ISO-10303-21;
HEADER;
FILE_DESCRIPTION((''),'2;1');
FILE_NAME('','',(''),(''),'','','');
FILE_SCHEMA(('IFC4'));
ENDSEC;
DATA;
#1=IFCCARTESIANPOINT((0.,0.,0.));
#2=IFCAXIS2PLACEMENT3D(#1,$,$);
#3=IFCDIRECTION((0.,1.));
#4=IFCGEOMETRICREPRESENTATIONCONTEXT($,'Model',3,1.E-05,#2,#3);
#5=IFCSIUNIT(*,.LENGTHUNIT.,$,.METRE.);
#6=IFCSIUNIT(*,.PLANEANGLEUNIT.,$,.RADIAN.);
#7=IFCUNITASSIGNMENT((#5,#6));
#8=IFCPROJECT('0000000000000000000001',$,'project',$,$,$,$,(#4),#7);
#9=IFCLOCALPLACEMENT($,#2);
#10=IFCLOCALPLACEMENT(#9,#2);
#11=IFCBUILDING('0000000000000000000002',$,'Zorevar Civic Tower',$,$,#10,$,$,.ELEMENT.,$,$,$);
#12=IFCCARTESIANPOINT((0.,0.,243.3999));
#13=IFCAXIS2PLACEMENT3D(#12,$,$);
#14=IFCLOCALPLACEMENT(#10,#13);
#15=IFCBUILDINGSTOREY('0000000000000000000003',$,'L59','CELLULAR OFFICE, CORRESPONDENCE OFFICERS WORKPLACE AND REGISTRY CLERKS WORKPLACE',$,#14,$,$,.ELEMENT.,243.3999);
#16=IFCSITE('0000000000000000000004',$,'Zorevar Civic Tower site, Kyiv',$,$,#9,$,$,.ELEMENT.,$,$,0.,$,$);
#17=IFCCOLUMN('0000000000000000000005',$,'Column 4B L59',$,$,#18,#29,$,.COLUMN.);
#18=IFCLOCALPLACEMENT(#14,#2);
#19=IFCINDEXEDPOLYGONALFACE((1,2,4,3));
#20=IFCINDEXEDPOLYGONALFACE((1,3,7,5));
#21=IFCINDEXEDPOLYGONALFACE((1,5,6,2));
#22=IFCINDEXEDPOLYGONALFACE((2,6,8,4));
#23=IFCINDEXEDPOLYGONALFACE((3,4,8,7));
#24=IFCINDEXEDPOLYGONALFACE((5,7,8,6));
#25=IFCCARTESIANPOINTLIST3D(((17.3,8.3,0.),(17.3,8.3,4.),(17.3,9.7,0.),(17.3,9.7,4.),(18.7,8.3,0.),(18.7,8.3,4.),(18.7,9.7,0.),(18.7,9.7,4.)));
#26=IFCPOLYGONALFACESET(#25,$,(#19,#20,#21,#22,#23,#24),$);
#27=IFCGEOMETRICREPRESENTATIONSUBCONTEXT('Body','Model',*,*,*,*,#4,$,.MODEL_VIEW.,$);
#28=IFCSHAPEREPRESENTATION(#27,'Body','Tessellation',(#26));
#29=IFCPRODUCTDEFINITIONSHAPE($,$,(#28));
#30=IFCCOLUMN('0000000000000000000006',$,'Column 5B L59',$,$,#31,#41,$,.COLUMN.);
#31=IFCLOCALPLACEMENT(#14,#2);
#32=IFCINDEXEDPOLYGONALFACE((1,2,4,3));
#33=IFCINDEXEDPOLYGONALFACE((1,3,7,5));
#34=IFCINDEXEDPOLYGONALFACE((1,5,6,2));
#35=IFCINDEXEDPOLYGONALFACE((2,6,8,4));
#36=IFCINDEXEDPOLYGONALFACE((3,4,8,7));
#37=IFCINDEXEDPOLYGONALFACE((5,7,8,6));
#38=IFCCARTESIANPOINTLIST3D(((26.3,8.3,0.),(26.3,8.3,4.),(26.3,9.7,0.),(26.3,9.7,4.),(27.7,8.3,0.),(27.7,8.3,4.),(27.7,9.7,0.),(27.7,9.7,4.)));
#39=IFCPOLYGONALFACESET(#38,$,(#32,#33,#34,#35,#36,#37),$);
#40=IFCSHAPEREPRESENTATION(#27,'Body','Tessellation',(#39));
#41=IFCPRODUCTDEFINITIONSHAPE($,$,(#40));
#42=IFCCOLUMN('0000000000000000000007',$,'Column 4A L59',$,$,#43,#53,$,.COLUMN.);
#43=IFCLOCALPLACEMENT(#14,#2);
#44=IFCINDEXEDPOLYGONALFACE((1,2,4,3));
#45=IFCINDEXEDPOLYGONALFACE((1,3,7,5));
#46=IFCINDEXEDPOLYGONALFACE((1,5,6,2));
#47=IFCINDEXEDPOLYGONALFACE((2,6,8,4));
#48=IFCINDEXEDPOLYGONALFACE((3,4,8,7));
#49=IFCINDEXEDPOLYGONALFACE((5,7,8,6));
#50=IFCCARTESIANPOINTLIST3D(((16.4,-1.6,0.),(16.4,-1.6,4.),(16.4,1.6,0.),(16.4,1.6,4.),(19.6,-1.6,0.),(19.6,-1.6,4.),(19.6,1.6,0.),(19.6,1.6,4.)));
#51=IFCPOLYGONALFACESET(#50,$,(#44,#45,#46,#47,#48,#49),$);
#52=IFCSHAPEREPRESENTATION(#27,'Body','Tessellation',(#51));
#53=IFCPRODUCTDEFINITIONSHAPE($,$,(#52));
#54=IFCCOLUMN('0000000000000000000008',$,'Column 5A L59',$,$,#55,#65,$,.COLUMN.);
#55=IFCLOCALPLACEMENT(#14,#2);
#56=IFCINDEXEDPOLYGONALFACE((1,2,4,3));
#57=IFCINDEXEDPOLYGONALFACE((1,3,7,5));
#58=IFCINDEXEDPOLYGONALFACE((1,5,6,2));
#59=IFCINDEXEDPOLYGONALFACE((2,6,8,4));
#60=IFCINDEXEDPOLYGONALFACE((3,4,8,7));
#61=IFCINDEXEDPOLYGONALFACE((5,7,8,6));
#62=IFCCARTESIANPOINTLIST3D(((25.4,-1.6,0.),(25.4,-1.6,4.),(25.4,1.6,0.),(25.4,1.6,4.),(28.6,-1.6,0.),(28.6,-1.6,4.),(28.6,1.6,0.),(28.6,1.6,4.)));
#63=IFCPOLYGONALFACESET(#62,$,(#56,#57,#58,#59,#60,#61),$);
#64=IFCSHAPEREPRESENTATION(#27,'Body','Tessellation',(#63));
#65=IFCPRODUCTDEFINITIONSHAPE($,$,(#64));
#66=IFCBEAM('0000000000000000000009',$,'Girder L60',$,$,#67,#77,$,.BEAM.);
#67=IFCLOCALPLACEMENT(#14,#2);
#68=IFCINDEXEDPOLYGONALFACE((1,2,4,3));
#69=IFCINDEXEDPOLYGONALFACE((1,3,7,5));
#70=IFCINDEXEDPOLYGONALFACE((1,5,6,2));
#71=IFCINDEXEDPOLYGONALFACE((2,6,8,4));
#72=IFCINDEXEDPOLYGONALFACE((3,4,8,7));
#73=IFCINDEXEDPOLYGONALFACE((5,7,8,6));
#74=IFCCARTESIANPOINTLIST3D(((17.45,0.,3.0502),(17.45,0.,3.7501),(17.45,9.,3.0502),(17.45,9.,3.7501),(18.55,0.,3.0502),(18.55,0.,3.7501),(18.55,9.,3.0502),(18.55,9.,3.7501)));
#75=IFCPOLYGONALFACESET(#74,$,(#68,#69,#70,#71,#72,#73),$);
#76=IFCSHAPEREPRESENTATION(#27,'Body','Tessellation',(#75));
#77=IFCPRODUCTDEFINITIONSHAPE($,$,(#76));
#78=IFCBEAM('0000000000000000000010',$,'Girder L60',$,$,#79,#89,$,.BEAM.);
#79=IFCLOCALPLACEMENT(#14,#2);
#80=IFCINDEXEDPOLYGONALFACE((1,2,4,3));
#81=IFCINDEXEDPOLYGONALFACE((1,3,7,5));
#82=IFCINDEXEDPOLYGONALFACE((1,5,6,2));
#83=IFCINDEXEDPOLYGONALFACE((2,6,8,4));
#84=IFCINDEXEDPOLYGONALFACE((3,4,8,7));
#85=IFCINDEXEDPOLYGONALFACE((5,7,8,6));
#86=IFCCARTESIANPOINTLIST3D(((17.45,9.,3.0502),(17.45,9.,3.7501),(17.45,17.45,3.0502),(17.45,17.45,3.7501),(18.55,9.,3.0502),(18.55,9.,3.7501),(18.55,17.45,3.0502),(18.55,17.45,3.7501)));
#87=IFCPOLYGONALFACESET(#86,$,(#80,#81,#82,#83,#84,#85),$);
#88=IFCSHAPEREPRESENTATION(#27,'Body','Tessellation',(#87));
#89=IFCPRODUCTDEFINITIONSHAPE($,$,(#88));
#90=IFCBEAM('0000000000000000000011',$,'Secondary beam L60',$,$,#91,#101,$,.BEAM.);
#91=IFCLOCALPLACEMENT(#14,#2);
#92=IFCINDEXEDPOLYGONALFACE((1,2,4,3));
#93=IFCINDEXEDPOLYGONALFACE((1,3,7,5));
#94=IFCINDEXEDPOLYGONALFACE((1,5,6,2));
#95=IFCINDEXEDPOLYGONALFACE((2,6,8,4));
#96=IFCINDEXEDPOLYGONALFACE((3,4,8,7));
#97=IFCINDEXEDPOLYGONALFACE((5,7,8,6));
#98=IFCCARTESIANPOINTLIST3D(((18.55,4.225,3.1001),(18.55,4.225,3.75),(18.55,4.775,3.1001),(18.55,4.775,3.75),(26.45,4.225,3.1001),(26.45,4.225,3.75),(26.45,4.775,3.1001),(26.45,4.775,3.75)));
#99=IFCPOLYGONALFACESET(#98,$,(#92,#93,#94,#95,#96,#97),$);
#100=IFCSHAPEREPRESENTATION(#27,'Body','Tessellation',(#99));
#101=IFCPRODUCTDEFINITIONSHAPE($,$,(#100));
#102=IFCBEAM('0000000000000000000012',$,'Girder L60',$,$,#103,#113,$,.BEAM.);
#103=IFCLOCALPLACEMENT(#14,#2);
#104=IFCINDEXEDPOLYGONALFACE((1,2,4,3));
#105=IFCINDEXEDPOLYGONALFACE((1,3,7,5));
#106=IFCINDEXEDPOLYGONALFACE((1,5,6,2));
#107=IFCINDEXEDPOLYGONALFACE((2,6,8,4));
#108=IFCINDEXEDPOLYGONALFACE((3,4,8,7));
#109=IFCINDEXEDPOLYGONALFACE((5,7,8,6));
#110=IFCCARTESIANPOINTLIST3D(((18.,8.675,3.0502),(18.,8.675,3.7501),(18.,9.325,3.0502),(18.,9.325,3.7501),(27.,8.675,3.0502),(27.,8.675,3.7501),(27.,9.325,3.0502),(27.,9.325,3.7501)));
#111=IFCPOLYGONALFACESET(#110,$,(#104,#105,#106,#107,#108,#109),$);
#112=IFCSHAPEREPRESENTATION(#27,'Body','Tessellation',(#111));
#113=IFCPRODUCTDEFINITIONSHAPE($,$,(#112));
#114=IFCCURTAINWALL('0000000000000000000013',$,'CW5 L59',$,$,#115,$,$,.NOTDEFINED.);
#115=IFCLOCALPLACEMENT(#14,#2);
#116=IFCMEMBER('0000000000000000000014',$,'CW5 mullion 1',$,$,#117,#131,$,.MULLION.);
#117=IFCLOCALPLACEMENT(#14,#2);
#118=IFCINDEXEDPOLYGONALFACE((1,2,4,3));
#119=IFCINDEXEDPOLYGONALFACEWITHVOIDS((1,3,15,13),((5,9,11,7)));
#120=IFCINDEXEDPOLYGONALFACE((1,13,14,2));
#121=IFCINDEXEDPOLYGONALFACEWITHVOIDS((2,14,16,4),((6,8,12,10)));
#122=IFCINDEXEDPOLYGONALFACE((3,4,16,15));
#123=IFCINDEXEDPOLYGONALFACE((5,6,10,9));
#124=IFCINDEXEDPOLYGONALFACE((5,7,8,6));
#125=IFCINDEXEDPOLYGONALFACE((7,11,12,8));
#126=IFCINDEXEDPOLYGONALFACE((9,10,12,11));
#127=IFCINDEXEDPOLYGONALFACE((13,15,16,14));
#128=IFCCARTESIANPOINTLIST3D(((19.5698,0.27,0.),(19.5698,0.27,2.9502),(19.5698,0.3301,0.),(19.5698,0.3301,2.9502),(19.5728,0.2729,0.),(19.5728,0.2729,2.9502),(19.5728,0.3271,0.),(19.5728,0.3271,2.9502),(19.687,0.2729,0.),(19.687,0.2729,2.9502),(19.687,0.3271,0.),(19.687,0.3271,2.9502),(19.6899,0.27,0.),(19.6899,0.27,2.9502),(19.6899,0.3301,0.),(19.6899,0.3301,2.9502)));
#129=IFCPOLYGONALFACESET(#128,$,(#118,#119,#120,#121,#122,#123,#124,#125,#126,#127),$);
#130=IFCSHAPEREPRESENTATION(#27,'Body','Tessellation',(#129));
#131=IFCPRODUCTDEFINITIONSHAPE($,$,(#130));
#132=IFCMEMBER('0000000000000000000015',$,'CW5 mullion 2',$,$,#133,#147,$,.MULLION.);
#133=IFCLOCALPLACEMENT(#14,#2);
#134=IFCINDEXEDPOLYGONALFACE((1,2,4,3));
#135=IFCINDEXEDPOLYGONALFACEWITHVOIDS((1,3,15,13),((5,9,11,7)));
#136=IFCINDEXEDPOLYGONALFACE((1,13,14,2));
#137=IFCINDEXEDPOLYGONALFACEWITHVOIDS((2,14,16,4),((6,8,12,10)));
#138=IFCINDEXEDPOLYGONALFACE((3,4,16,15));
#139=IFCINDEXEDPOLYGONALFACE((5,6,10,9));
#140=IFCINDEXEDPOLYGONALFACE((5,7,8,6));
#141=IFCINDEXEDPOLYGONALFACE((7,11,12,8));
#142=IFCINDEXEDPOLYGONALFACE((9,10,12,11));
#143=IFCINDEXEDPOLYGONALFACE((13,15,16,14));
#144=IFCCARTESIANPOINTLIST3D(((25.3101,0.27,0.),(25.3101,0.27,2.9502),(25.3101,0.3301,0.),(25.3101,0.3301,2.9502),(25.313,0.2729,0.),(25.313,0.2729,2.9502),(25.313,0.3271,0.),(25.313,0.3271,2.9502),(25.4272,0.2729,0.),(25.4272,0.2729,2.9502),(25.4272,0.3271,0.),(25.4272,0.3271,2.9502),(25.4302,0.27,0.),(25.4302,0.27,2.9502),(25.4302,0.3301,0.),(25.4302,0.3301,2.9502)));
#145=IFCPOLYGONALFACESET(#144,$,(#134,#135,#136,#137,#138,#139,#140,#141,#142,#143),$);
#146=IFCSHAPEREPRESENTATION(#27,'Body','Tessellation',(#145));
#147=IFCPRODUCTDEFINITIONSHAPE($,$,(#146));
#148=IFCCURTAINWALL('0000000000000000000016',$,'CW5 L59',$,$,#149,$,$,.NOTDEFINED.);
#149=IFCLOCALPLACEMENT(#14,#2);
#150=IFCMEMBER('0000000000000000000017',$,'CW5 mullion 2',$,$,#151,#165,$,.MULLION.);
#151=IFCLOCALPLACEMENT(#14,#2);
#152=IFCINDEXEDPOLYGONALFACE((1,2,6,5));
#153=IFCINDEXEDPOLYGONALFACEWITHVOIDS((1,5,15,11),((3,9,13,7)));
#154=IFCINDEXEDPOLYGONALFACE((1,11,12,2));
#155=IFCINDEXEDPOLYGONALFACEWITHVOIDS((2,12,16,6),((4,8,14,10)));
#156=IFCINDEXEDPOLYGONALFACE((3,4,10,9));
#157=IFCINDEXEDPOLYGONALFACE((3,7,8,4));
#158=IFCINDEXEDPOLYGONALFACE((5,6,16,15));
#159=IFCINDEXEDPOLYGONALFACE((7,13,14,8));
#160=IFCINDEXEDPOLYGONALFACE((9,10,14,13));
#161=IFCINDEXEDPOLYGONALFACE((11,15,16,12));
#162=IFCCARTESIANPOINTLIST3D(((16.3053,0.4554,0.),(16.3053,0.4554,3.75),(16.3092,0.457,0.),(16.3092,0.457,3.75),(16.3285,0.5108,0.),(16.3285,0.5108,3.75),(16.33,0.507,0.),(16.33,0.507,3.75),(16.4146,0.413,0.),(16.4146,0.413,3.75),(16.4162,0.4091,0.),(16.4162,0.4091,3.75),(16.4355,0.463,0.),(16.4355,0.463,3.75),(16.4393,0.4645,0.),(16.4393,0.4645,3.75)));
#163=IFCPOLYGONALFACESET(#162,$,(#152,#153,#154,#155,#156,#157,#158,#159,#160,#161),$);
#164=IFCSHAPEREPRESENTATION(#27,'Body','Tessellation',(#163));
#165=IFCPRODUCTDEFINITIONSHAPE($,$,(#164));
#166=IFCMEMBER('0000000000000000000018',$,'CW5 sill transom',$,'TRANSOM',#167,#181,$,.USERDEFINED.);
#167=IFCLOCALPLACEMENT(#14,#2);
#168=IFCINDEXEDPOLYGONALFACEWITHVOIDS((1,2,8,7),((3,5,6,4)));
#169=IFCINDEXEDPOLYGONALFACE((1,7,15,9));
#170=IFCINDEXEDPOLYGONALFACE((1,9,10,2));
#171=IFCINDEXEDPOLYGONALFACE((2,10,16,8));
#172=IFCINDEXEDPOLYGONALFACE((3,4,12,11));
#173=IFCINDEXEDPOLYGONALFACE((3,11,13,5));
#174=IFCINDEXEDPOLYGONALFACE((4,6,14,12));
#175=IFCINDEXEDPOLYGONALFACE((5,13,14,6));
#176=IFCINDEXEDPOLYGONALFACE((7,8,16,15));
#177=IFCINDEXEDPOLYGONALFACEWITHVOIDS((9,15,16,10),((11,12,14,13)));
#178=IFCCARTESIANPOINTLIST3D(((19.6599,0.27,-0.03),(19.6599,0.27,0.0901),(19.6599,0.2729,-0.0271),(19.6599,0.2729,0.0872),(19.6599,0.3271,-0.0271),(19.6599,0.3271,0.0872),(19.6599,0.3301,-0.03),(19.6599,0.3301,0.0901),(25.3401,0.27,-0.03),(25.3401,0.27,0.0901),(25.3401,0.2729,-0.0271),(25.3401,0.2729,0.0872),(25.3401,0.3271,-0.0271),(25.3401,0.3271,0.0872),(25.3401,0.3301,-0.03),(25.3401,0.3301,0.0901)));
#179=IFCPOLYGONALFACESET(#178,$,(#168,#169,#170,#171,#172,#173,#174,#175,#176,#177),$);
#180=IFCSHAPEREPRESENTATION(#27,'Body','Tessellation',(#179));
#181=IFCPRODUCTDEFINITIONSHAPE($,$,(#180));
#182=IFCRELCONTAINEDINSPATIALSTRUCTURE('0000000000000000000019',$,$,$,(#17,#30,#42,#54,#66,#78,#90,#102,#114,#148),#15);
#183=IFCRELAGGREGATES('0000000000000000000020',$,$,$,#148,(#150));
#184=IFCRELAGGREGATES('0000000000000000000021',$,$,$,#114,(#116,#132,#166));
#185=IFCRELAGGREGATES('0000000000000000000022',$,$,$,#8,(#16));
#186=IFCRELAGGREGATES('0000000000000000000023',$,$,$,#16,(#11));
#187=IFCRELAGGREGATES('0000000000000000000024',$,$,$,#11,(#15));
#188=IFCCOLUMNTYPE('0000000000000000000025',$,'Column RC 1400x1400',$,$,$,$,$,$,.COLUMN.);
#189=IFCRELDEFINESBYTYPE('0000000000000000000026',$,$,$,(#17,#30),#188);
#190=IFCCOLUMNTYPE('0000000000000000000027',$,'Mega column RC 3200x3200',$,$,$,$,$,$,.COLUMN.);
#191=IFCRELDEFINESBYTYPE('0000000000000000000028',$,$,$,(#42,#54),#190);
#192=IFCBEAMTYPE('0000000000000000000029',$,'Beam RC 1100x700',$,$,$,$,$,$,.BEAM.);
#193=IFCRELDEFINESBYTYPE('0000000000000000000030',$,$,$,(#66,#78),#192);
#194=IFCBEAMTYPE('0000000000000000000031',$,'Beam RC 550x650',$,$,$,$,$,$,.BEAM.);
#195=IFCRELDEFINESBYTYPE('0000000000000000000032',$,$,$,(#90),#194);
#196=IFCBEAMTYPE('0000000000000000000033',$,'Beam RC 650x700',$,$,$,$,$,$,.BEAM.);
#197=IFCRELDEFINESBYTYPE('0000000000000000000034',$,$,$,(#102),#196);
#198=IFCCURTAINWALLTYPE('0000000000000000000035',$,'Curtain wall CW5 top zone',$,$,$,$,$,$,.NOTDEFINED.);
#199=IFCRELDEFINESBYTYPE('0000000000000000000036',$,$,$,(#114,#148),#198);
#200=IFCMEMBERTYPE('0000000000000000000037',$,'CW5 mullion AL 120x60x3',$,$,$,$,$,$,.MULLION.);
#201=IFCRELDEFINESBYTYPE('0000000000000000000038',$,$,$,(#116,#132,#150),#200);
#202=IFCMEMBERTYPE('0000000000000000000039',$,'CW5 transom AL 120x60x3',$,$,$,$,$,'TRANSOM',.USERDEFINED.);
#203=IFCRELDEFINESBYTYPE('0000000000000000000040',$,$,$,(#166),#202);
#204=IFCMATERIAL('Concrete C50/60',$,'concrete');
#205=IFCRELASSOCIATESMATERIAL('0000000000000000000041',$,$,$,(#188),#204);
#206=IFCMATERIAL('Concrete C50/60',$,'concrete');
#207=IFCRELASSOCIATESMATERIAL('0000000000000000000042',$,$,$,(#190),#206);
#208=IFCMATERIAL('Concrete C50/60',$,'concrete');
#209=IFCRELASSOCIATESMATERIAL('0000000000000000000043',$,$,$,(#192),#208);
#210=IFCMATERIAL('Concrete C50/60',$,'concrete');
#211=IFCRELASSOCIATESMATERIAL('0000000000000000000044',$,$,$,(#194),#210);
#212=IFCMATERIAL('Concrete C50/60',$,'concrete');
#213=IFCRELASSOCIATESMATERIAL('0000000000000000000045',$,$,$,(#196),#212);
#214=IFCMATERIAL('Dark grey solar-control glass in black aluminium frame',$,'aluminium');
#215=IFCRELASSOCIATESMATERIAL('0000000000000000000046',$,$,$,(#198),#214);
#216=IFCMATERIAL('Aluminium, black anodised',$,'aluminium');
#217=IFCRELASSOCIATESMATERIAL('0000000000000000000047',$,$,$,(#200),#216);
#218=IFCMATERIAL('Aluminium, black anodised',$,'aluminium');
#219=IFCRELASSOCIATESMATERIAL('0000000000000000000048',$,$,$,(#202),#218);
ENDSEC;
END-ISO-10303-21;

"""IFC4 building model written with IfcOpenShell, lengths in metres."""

from ifc_helpers import new_model, si_unit, direction, frame, origin, origin_2d, place, context, subcontext, project, spatial, rectangle, hollow_rectangle, extrude, material, material_profile, profile_set, type_object, element, aggregate, save


model = new_model("IFC4")

# Units and contexts
model_context = context("Model", 3, precision=1e-05, world=origin(), true_north=direction((0.0, 1.0)))
body_context = subcontext(model_context, "Body", "Model", "MODEL_VIEW")
ifc_project = project(units=[si_unit("LENGTHUNIT", "METRE"), si_unit("PLANEANGLEUNIT", "RADIAN")], contexts=[model_context])

# Site, building, storey
site_placement = place(None, origin())
site = spatial("IfcSite", under=ifc_project, at=site_placement, Name="Zorevar Civic Tower site, Kyiv", CompositionType="ELEMENT", RefElevation=0.0)
building_placement = place(site_placement, origin())
building = spatial("IfcBuilding", under=site, at=building_placement, Name="Zorevar Civic Tower", CompositionType="ELEMENT")
storey_placement = place(building_placement, frame((0.0, 0.0, 243.3999)))
storey = spatial("IfcBuildingStorey", under=building, at=storey_placement, Name="L59", Description="CELLULAR OFFICE, CORRESPONDENCE OFFICERS WORKPLACE AND REGISTRY CLERKS WORKPLACE", CompositionType="ELEMENT", Elevation=243.3999)

# Columns
ifc_material_1 = material(Name="Concrete C50/60", Category="concrete")
ifc_material_profile_1 = material_profile(ifc_material_1, rectangle(XDim=1.3999, YDim=1.3999, at=origin_2d()), Name="RC 1400x1400")
ifc_profile_set_1 = profile_set([ifc_material_profile_1], Name="Concrete C50/60")
column_type_1 = type_object("IfcColumnType", Name="Column RC 1400x1400", PredefinedType="COLUMN", material=ifc_profile_set_1)
for number, where, z_axis, x_axis, name in (
    (1, (18.0, 9.0, 0.0), (0.0, 0.0, 1.0), (1.0, 0.0, 0.0), "Column 4B L59"),
    (2, (27.0, 9.0, 0.0), (0.0, 0.0, 1.0), (1.0, 0.0, 0.0), "Column 5B L59"),
):
    element("IfcColumn", number, at=place(storey_placement, frame(where, z_axis=z_axis, x_axis=x_axis)), inside=storey, type_object=column_type_1, Name=name, PredefinedType="COLUMN", context=body_context, shape_type="SweptSolid", body=[
        extrude(rectangle(XDim=1.3999, YDim=1.3999, at=origin_2d()), origin(), (0.0, 0.0, 1.0), 4.0),
    ])
ifc_material_2 = material(Name="Concrete C50/60", Category="concrete")
ifc_material_profile_2 = material_profile(ifc_material_2, rectangle(XDim=3.2, YDim=3.2, at=origin_2d()), Name="RC 3200x3200")
ifc_profile_set_2 = profile_set([ifc_material_profile_2], Name="Concrete C50/60")
column_type_2 = type_object("IfcColumnType", Name="Mega column RC 3200x3200", PredefinedType="COLUMN", material=ifc_profile_set_2)
for number, where, z_axis, x_axis, name in (
    (3, (18.0, 0.0, 0.0), (0.0, 0.0, 1.0), (1.0, 0.0, 0.0), "Column 4A L59"),
    (4, (27.0, 0.0, 0.0), (0.0, 0.0, 1.0), (1.0, 0.0, 0.0), "Column 5A L59"),
):
    element("IfcColumn", number, at=place(storey_placement, frame(where, z_axis=z_axis, x_axis=x_axis)), inside=storey, type_object=column_type_2, Name=name, PredefinedType="COLUMN", context=body_context, shape_type="SweptSolid", body=[
        extrude(rectangle(XDim=3.2, YDim=3.2, at=origin_2d()), origin(), (0.0, 0.0, 1.0), 4.0),
    ])

# Beams
ifc_material_3 = material(Name="Concrete C50/60", Category="concrete")
ifc_material_profile_3 = material_profile(ifc_material_3, rectangle(XDim=1.1001, YDim=0.7, at=origin_2d()), Name="RC 1100x700")
ifc_profile_set_3 = profile_set([ifc_material_profile_3], Name="Concrete C50/60")
beam_type_1 = type_object("IfcBeamType", Name="Beam RC 1100x700", PredefinedType="BEAM", material=ifc_profile_set_3)
beam_1_placement = place(storey_placement, frame((18.0, 0.0, 3.4001), z_axis=(0.0, 1.0, 0.0), x_axis=(-1.0, 0.0, 0.0)))
element("IfcBeam", 5, at=beam_1_placement, inside=storey, type_object=beam_type_1, Name="Girder L60", PredefinedType="BEAM", context=body_context, shape_type="SweptSolid", body=[
    extrude(rectangle(XDim=1.1001, YDim=0.7, at=origin_2d()), origin(), (0.0, 0.0, 1.0), 9.0),
])
beam_2_placement = place(storey_placement, frame((18.0, 9.0, 3.4001), z_axis=(0.0, 1.0, 0.0), x_axis=(-1.0, 0.0, 0.0)))
element("IfcBeam", 6, at=beam_2_placement, inside=storey, type_object=beam_type_1, Name="Girder L60", PredefinedType="BEAM", context=body_context, shape_type="SweptSolid", body=[
    extrude(rectangle(XDim=1.1001, YDim=0.7, at=origin_2d()), origin(), (0.0, 0.0, 1.0), 8.45),
])
ifc_material_4 = material(Name="Concrete C50/60", Category="concrete")
ifc_material_profile_4 = material_profile(ifc_material_4, rectangle(XDim=0.55, YDim=0.6499, at=origin_2d()), Name="RC 550x650")
ifc_profile_set_4 = profile_set([ifc_material_profile_4], Name="Concrete C50/60")
beam_type_2 = type_object("IfcBeamType", Name="Beam RC 550x650", PredefinedType="BEAM", material=ifc_profile_set_4)
beam_3_placement = place(storey_placement, frame((18.55, 4.5, 3.425), z_axis=(1.0, 0.0, 0.0), x_axis=(0.0, 1.0, 0.0)))
element("IfcBeam", 7, at=beam_3_placement, inside=storey, type_object=beam_type_2, Name="Secondary beam L60", PredefinedType="BEAM", context=body_context, shape_type="SweptSolid", body=[
    extrude(rectangle(XDim=0.55, YDim=0.6499, at=origin_2d()), origin(), (0.0, 0.0, 1.0), 7.8999),
])
ifc_material_5 = material(Name="Concrete C50/60", Category="concrete")
ifc_material_profile_5 = material_profile(ifc_material_5, rectangle(XDim=0.6499, YDim=0.7, at=origin_2d()), Name="RC 650x700")
ifc_profile_set_5 = profile_set([ifc_material_profile_5], Name="Concrete C50/60")
beam_type_3 = type_object("IfcBeamType", Name="Beam RC 650x700", PredefinedType="BEAM", material=ifc_profile_set_5)
beam_4_placement = place(storey_placement, frame((18.0, 9.0, 3.4001), z_axis=(1.0, 0.0, 0.0), x_axis=(0.0, 1.0, 0.0)))
element("IfcBeam", 8, at=beam_4_placement, inside=storey, type_object=beam_type_3, Name="Girder L60", PredefinedType="BEAM", context=body_context, shape_type="SweptSolid", body=[
    extrude(rectangle(XDim=0.6499, YDim=0.7, at=origin_2d()), origin(), (0.0, 0.0, 1.0), 9.0),
])

# Curtain wall, members
ifc_material_6 = material(Name="Dark grey solar-control glass in black aluminium frame", Category="aluminium")
curtain_wall_type = type_object("IfcCurtainWallType", Name="Curtain wall CW5 top zone", PredefinedType="NOTDEFINED", material=ifc_material_6)
curtain_wall_1_placement = place(storey_placement, origin())
curtain_wall_1 = element("IfcCurtainWall", 9, at=curtain_wall_1_placement, inside=storey, type_object=curtain_wall_type, Name="CW5 L59", PredefinedType="NOTDEFINED")
ifc_material_7 = material(Name="Aluminium, black anodised", Category="aluminium")
ifc_material_profile_6 = material_profile(ifc_material_7, hollow_rectangle(XDim=0.0601, YDim=0.1201, WallThickness=0.0029, at=origin_2d()), Name="AL 120x60x3")
ifc_profile_set_6 = profile_set([ifc_material_profile_6], Name="Aluminium, black anodised")
member_type_1 = type_object("IfcMemberType", Name="CW5 mullion AL 120x60x3", PredefinedType="MULLION", material=ifc_profile_set_6)
member_1_placement = place(storey_placement, frame((19.6299, 0.3, 0.0), z_axis=(0.0, 0.0, 1.0), x_axis=(0.0, 1.0, 0.0)))
member_1 = element("IfcMember", 10, at=member_1_placement, type_object=member_type_1, Name="CW5 mullion 1", PredefinedType="MULLION", context=body_context, shape_type="SweptSolid", body=[
    extrude(hollow_rectangle(XDim=0.0601, YDim=0.1201, WallThickness=0.0029, at=origin_2d()), origin(), (0.0, 0.0, 1.0), 2.9502),
])
member_2_placement = place(storey_placement, frame((25.3701, 0.3, 0.0), z_axis=(0.0, 0.0, 1.0), x_axis=(0.0, 1.0, 0.0)))
member_2 = element("IfcMember", 11, at=member_2_placement, type_object=member_type_1, Name="CW5 mullion 2", PredefinedType="MULLION", context=body_context, shape_type="SweptSolid", body=[
    extrude(hollow_rectangle(XDim=0.0601, YDim=0.1201, WallThickness=0.0029, at=origin_2d()), origin(), (0.0, 0.0, 1.0), 2.9502),
])

# Curtain wall, member
curtain_wall_2_placement = place(storey_placement, origin())
curtain_wall_2 = element("IfcCurtainWall", 12, at=curtain_wall_2_placement, inside=storey, type_object=curtain_wall_type, Name="CW5 L59", PredefinedType="NOTDEFINED")
member_3_placement = place(storey_placement, frame((16.3723, 0.46, 0.0), z_axis=(0.0, 0.0, 1.0), x_axis=(0.38508, 0.922883, 0.0)))
member_3 = element("IfcMember", 13, at=member_3_placement, type_object=member_type_1, Name="CW5 mullion 2", PredefinedType="MULLION", context=body_context, shape_type="SweptSolid", body=[
    extrude(hollow_rectangle(XDim=0.0601, YDim=0.1201, WallThickness=0.0029, at=origin_2d()), origin(), (0.0, 0.0, 1.0), 3.75),
])
aggregate(curtain_wall_2, [member_3])

# Member
ifc_material_8 = material(Name="Aluminium, black anodised", Category="aluminium")
ifc_material_profile_7 = material_profile(ifc_material_8, hollow_rectangle(XDim=0.0601, YDim=0.1201, WallThickness=0.0029, at=origin_2d()), Name="AL 120x60x3")
ifc_profile_set_7 = profile_set([ifc_material_profile_7], Name="Aluminium, black anodised")
member_type_2 = type_object("IfcMemberType", Name="CW5 transom AL 120x60x3", ElementType="TRANSOM", PredefinedType="USERDEFINED", material=ifc_profile_set_7)
member_4_placement = place(storey_placement, frame((19.6599, 0.3, 0.03), z_axis=(1.0, 0.0, 0.0), x_axis=(0.0, 1.0, 0.0)))
member_4 = element("IfcMember", 14, at=member_4_placement, type_object=member_type_2, Name="CW5 sill transom", ObjectType="TRANSOM", PredefinedType="USERDEFINED", context=body_context, shape_type="SweptSolid", body=[
    extrude(hollow_rectangle(XDim=0.0601, YDim=0.1201, WallThickness=0.0029, at=origin_2d()), origin(), (0.0, 0.0, 1.0), 5.6802),
])

aggregate(curtain_wall_1, [member_1, member_2, member_4])

save(model, "model.ifc")
